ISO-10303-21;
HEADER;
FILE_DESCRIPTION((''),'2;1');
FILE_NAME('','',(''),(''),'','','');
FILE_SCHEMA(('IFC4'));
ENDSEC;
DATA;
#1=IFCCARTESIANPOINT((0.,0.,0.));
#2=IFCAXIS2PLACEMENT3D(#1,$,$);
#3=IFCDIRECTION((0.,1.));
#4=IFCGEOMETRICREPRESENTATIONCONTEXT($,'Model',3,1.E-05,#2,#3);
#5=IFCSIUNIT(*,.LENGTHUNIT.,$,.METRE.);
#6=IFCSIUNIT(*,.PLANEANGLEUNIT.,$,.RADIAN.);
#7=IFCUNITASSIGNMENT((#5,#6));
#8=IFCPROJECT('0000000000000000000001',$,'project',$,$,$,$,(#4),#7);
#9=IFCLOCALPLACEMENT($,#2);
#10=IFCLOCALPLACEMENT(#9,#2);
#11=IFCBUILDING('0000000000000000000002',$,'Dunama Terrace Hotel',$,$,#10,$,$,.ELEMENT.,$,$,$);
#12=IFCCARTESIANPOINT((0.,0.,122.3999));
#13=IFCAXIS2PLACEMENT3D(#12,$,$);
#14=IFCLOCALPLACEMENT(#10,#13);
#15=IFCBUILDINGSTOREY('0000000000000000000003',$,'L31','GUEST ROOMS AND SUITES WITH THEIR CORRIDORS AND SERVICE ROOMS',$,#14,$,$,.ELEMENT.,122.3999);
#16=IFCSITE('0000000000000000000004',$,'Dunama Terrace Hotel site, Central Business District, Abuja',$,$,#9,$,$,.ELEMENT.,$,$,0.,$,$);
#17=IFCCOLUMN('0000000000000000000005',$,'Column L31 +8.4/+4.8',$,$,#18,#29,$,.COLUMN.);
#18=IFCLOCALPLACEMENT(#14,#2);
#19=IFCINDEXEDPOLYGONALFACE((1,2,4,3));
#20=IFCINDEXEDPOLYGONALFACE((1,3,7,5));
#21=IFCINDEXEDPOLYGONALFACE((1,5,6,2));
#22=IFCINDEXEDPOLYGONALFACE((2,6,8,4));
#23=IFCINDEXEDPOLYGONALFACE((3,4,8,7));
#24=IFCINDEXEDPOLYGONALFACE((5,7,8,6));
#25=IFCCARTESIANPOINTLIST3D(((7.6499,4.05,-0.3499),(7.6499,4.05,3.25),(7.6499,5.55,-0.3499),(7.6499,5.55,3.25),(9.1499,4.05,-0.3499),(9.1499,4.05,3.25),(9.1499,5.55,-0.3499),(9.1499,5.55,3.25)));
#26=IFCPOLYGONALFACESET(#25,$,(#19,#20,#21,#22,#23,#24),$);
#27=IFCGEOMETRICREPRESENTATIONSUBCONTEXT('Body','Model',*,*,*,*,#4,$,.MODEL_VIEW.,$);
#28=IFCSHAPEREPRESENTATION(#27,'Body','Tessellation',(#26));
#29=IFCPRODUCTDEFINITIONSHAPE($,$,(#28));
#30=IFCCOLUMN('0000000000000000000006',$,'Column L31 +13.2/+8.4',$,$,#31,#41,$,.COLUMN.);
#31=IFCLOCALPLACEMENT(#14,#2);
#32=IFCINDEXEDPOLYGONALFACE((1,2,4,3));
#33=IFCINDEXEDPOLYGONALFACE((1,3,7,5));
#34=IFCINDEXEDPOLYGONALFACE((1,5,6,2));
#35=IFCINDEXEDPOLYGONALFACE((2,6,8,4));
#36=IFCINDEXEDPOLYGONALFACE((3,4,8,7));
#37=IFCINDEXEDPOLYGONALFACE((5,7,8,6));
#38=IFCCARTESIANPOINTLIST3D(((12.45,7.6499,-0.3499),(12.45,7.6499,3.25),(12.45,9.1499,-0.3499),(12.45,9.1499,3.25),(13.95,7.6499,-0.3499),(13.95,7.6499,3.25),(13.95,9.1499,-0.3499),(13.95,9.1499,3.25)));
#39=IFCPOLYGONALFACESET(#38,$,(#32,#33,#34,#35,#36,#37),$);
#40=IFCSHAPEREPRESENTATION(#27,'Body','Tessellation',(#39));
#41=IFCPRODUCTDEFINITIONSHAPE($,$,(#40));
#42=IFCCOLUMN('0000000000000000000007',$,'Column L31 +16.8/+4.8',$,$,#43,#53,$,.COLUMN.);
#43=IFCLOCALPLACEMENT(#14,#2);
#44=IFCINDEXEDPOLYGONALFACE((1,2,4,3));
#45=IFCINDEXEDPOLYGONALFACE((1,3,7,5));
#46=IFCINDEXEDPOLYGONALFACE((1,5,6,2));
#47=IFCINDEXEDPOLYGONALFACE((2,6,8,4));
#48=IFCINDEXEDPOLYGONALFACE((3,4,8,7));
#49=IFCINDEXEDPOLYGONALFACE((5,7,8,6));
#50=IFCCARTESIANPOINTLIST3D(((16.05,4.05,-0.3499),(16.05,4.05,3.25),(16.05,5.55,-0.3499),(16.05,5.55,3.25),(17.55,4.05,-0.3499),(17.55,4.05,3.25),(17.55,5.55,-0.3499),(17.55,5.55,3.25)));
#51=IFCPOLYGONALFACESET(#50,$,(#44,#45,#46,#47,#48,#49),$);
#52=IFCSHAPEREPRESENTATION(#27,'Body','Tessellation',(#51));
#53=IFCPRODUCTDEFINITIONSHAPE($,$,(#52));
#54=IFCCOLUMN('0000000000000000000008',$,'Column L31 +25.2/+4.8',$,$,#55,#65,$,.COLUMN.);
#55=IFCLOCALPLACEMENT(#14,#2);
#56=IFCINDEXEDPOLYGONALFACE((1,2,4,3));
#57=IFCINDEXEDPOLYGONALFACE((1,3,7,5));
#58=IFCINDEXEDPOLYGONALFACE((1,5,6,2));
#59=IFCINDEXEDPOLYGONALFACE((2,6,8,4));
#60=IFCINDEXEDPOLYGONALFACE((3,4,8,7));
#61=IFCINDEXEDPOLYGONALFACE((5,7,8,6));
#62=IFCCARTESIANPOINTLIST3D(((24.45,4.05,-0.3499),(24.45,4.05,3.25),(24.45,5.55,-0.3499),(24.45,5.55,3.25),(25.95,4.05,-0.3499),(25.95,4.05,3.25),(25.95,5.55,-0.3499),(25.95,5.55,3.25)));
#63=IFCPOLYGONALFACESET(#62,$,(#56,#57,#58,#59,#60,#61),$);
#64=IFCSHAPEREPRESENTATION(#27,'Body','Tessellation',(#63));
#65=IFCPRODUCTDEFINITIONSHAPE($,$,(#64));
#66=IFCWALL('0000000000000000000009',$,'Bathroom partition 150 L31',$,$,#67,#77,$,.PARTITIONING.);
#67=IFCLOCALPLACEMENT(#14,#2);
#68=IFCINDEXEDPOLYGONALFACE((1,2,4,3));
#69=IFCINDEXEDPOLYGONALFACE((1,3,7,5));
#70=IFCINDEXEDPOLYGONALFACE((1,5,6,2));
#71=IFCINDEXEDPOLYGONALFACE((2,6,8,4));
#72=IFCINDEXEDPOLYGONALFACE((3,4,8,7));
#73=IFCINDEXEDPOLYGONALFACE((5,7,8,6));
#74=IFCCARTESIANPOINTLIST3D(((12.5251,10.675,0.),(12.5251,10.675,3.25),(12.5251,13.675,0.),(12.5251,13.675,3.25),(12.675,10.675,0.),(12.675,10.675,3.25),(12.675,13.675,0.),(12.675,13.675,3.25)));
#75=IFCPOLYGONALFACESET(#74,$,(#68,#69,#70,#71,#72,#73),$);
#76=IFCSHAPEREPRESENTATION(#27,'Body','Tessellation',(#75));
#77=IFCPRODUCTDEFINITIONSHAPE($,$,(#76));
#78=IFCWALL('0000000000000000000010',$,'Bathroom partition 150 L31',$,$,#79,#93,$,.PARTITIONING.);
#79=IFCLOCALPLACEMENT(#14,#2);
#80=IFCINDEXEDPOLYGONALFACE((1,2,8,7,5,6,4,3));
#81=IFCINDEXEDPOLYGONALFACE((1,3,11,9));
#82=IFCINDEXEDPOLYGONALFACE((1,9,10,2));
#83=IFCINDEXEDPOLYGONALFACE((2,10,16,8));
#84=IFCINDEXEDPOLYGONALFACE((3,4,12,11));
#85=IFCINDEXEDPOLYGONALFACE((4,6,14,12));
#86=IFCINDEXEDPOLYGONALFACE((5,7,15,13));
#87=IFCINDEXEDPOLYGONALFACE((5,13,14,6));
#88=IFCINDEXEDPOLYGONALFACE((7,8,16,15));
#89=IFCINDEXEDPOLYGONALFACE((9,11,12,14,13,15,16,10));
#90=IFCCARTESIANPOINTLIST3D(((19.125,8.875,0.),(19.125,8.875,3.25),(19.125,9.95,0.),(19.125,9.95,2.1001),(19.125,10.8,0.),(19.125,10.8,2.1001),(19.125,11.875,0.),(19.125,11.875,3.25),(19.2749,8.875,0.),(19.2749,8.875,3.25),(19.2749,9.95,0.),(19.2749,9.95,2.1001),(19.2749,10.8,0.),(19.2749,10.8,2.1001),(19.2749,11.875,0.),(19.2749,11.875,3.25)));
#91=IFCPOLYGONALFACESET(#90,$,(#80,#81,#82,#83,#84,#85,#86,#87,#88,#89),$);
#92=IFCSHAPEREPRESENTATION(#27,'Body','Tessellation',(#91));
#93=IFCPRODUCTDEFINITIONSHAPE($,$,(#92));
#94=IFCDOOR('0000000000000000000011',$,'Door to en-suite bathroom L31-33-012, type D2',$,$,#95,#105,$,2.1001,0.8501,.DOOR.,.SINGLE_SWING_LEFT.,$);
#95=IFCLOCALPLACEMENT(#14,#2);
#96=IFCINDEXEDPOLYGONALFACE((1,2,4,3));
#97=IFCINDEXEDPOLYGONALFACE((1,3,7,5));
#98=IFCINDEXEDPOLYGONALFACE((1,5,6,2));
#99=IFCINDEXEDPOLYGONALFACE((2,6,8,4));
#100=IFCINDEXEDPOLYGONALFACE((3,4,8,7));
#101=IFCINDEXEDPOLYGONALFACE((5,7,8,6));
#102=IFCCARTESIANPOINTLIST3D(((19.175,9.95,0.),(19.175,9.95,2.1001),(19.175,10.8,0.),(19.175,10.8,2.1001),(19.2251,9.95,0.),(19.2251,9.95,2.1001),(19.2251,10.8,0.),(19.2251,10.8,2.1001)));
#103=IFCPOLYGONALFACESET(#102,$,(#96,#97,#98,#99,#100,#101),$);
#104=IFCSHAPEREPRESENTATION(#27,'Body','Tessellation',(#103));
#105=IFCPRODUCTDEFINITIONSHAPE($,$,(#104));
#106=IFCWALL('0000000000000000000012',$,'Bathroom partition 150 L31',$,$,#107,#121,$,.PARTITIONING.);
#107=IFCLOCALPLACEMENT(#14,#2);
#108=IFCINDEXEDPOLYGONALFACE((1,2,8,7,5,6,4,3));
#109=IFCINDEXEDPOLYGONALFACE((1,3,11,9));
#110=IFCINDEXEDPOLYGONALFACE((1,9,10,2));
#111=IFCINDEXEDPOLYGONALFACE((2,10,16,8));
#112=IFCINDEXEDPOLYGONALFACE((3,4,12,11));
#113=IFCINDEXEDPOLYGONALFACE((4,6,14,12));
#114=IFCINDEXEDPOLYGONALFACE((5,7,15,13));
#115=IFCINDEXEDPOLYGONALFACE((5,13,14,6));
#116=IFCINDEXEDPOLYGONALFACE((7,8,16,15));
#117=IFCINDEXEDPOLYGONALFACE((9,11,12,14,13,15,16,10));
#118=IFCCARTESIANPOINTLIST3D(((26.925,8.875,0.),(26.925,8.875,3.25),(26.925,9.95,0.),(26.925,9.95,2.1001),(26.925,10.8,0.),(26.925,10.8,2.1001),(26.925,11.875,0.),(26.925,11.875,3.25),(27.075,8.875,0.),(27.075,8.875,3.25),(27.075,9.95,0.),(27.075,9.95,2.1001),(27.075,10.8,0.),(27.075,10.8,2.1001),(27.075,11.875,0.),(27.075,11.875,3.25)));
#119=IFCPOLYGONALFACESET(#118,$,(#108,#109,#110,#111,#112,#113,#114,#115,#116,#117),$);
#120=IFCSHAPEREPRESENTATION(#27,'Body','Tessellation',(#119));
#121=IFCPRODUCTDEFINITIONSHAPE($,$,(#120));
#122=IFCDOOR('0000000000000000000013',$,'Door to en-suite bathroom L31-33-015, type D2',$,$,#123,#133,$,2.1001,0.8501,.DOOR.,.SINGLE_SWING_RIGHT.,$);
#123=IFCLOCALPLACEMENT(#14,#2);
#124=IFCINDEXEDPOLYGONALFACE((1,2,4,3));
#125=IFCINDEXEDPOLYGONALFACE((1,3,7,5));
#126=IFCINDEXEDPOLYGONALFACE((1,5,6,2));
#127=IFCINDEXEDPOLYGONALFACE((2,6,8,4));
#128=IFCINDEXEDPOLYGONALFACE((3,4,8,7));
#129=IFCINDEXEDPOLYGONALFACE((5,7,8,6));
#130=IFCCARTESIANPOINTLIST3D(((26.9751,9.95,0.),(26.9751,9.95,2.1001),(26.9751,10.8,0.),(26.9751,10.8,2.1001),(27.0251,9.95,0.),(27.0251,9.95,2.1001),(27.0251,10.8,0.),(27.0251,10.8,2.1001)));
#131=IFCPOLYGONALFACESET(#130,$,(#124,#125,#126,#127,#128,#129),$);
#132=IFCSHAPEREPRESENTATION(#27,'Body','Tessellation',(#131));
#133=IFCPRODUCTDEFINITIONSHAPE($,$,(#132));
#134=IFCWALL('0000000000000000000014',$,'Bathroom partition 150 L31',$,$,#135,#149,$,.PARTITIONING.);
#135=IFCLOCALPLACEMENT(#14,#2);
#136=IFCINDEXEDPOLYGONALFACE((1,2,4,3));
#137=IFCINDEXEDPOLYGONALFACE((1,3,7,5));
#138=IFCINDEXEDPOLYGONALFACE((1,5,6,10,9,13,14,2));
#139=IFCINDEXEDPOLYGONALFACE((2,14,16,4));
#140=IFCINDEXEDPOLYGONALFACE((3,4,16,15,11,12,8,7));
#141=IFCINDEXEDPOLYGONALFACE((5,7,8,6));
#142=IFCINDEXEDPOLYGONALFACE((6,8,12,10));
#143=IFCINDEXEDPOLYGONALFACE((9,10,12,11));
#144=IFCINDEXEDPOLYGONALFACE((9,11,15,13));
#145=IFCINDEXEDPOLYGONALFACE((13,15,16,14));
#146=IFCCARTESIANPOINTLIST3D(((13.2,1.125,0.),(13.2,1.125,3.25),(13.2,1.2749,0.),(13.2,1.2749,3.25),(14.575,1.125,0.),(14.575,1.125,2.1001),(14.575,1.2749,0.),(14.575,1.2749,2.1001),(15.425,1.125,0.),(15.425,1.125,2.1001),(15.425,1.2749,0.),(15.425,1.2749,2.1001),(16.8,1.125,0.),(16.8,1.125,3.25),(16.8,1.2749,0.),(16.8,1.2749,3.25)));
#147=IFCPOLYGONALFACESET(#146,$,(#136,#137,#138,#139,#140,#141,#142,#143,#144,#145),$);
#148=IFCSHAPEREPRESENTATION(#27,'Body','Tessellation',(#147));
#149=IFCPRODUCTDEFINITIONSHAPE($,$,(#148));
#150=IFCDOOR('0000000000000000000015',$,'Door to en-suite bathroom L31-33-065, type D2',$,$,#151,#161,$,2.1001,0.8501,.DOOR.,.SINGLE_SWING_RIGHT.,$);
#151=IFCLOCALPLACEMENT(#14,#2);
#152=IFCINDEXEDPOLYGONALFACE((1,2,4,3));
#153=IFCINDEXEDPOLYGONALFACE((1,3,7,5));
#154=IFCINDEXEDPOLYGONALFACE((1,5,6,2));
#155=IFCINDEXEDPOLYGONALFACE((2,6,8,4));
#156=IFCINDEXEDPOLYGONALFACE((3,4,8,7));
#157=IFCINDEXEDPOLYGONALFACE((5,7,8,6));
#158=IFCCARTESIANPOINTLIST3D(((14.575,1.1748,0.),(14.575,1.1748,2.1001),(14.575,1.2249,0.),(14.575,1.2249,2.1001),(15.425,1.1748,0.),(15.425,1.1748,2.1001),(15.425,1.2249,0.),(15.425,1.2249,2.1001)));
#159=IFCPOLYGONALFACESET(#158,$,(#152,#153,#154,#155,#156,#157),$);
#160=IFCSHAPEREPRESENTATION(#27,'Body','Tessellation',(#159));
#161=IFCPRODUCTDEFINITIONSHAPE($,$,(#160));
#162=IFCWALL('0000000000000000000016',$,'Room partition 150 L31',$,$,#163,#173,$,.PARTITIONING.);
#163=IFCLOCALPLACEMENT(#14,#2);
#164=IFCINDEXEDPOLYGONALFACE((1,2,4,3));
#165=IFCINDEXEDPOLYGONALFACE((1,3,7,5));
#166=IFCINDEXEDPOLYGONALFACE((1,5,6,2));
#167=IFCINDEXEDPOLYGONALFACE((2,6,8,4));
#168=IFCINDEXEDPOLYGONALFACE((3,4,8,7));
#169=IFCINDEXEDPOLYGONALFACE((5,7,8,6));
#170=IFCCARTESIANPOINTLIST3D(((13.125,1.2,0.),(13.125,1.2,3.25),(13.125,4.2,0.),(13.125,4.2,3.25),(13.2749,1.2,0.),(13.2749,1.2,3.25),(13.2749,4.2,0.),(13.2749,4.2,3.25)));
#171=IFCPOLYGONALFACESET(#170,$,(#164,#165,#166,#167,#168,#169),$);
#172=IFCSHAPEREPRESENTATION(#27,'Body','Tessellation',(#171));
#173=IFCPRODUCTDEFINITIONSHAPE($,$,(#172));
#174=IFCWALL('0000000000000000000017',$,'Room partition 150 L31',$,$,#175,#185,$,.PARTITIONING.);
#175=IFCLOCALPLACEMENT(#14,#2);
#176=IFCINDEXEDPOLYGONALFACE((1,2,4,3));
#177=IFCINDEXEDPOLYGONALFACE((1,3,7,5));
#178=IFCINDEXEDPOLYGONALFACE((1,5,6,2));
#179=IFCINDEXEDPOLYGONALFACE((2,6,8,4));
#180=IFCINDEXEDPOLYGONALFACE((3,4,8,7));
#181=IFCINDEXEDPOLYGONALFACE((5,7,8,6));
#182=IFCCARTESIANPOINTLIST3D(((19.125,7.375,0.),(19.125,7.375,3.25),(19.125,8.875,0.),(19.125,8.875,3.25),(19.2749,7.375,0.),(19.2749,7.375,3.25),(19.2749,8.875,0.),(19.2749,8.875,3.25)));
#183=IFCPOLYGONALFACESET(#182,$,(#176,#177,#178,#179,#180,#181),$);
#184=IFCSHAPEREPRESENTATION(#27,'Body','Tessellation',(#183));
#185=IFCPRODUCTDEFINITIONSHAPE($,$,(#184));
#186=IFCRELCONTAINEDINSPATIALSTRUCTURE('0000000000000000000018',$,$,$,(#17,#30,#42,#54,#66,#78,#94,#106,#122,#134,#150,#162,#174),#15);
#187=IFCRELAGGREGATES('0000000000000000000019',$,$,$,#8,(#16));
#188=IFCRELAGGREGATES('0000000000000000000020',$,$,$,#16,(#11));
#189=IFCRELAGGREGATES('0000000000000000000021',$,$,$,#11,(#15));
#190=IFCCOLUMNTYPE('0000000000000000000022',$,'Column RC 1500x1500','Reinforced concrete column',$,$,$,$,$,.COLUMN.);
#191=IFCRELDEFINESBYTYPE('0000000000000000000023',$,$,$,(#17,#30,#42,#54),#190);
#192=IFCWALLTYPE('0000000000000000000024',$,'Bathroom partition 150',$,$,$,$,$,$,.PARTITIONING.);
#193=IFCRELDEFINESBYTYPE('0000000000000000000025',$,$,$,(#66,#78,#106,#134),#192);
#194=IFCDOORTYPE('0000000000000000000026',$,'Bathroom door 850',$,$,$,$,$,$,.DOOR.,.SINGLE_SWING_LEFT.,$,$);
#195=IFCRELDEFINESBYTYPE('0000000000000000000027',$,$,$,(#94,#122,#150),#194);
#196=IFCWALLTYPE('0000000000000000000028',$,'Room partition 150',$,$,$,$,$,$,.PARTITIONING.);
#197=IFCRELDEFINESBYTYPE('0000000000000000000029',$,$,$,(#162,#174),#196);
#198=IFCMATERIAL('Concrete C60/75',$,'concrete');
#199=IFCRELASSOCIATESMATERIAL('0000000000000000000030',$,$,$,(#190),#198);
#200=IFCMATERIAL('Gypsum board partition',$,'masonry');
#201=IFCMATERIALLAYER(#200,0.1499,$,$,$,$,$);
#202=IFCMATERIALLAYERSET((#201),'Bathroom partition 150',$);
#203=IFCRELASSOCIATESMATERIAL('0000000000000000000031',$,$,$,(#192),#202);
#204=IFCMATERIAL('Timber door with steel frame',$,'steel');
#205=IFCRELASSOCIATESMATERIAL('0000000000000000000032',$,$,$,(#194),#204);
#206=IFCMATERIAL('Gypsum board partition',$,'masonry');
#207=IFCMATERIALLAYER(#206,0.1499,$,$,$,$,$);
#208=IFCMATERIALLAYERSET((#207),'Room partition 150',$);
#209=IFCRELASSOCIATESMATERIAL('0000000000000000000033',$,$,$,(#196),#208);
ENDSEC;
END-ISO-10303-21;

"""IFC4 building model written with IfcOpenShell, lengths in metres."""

from ifc_helpers import new_model, si_unit, direction, frame, frame_2d, origin, origin_2d, place, context, subcontext, project, spatial, rectangle, extrude, material, layer, layer_set, material_profile, profile_set, type_object, element, fill, save


model = new_model("IFC4")

# Units and contexts
model_context = context("Model", 3, precision=1e-05, world=origin(), true_north=direction((0.0, 1.0)))
body_context = subcontext(model_context, "Body", "Model", "MODEL_VIEW")
ifc_project = project(units=[si_unit("LENGTHUNIT", "METRE"), si_unit("PLANEANGLEUNIT", "RADIAN")], contexts=[model_context])

# Site, building, storey
site_placement = place(None, origin())
site = spatial("IfcSite", under=ifc_project, at=site_placement, Name="Dunama Terrace Hotel site, Central Business District, Abuja", CompositionType="ELEMENT", RefElevation=0.0)
building_placement = place(site_placement, origin())
building = spatial("IfcBuilding", under=site, at=building_placement, Name="Dunama Terrace Hotel", CompositionType="ELEMENT")
storey_placement = place(building_placement, frame((0.0, 0.0, 122.3999)))
storey = spatial("IfcBuildingStorey", under=building, at=storey_placement, Name="L31", Description="GUEST ROOMS AND SUITES WITH THEIR CORRIDORS AND SERVICE ROOMS", CompositionType="ELEMENT", Elevation=122.3999)

# Columns
ifc_material_1 = material(Name="Concrete C60/75", Category="concrete")
ifc_material_profile = material_profile(ifc_material_1, rectangle(XDim=1.5, YDim=1.5, at=origin_2d()), Name="RC 1500x1500")
ifc_profile_set = profile_set([ifc_material_profile], Name="Concrete C60/75")
column_type = type_object("IfcColumnType", Name="Column RC 1500x1500", Description="Reinforced concrete column", PredefinedType="COLUMN", material=ifc_profile_set)
for number, where, z_axis, x_axis, name in (
    (1, (8.3999, 4.8, -0.3499), (0.0, 0.0, 1.0), (1.0, 0.0, 0.0), "Column L31 +8.4/+4.8"),
    (2, (13.2, 8.3999, -0.3499), (0.0, 0.0, 1.0), (1.0, 0.0, 0.0), "Column L31 +13.2/+8.4"),
    (3, (16.8, 4.8, -0.3499), (0.0, 0.0, 1.0), (1.0, 0.0, 0.0), "Column L31 +16.8/+4.8"),
    (4, (25.2, 4.8, -0.3499), (0.0, 0.0, 1.0), (1.0, 0.0, 0.0), "Column L31 +25.2/+4.8"),
):
    element("IfcColumn", number, at=place(storey_placement, frame(where, z_axis=z_axis, x_axis=x_axis)), inside=storey, type_object=column_type, Name=name, PredefinedType="COLUMN", context=body_context, shape_type="SweptSolid", body=[
        extrude(rectangle(XDim=1.5, YDim=1.5, at=origin_2d()), origin(), (0.0, 0.0, 1.0), 3.5999),
    ])

# Wall
ifc_material_2 = material(Name="Gypsum board partition", Category="masonry")
ifc_layer_1 = layer(ifc_material_2, 0.1499)
ifc_layer_set_1 = layer_set([ifc_layer_1], Name="Bathroom partition 150")
wall_type_1 = type_object("IfcWallType", Name="Bathroom partition 150", PredefinedType="PARTITIONING", material=ifc_layer_set_1)
wall_1_placement = place(storey_placement, frame((12.6001, 10.675, 0.0), z_axis=(0.0, 0.0, 1.0), x_axis=(0.0, 1.0, 0.0)))
element("IfcWall", 5, at=wall_1_placement, inside=storey, type_object=wall_type_1, Name="Bathroom partition 150 L31", PredefinedType="PARTITIONING", context=body_context, shape_type="SweptSolid", body=[
    extrude(rectangle(XDim=3.0, YDim=0.1499, at=frame_2d((1.5, 0.0))), origin(), (0.0, 0.0, 1.0), 3.25),
])

# Walls, openings, doors
wall_2_placement = place(storey_placement, frame((19.2, 8.875, 0.0), z_axis=(0.0, 0.0, 1.0), x_axis=(0.0, 1.0, 0.0)))
wall_2 = element("IfcWall", 6, at=wall_2_placement, inside=storey, type_object=wall_type_1, Name="Bathroom partition 150 L31", PredefinedType="PARTITIONING", context=body_context, shape_type="SweptSolid", body=[
    extrude(rectangle(XDim=3.0, YDim=0.1499, at=frame_2d((1.5, 0.0))), origin(), (0.0, 0.0, 1.0), 3.25),
])
opening_1_placement = place(wall_2_placement, frame((1.075, 0.0, 0.0)))
opening_1 = element("IfcOpeningElement", 7, at=opening_1_placement, cuts=wall_2, PredefinedType="OPENING", context=body_context, shape_type="SweptSolid", body=[
    extrude(rectangle(XDim=0.8501, YDim=2.1001, at=frame_2d((0.425, 1.05))), frame((0.0, 0.085, 0.0), z_axis=(0.0, -1.0, 0.0), x_axis=(1.0, 0.0, 0.0)), (0.0, 0.0, 1.0), 0.1699),
])
ifc_material_3 = material(Name="Timber door with steel frame", Category="steel")
door_type_1 = type_object("IfcDoorType", Name="Bathroom door 850", OperationType="SINGLE_SWING_LEFT", PredefinedType="DOOR", material=ifc_material_3)
door_1_placement = place(opening_1_placement, origin())
door_1 = element("IfcDoor", 8, at=door_1_placement, inside=storey, type_object=door_type_1, Name="Door to en-suite bathroom L31-33-012, type D2", OperationType="SINGLE_SWING_LEFT", OverallHeight=2.1001, OverallWidth=0.8501, PredefinedType="DOOR", context=body_context, shape_type="SweptSolid", body=[
    extrude(rectangle(XDim=0.8501, YDim=2.1001, at=frame_2d((0.425, 1.05))), frame((0.0, 0.0249, 0.0), z_axis=(0.0, -1.0, 0.0), x_axis=(1.0, 0.0, 0.0)), (0.0, 0.0, 1.0), 0.05),
])
fill(opening_1, door_1)
wall_3_placement = place(storey_placement, frame((27.0, 8.875, 0.0), z_axis=(0.0, 0.0, 1.0), x_axis=(0.0, 1.0, 0.0)))
wall_3 = element("IfcWall", 9, at=wall_3_placement, inside=storey, type_object=wall_type_1, Name="Bathroom partition 150 L31", PredefinedType="PARTITIONING", context=body_context, shape_type="SweptSolid", body=[
    extrude(rectangle(XDim=3.0, YDim=0.1499, at=frame_2d((1.5, 0.0))), origin(), (0.0, 0.0, 1.0), 3.25),
])
opening_2_placement = place(wall_3_placement, frame((1.075, 0.0, 0.0)))
opening_2 = element("IfcOpeningElement", 10, at=opening_2_placement, cuts=wall_3, PredefinedType="OPENING", context=body_context, shape_type="SweptSolid", body=[
    extrude(rectangle(XDim=0.8501, YDim=2.1001, at=frame_2d((0.425, 1.05))), frame((0.0, 0.085, 0.0), z_axis=(0.0, -1.0, 0.0), x_axis=(1.0, 0.0, 0.0)), (0.0, 0.0, 1.0), 0.1699),
])
door_2_placement = place(opening_2_placement, frame((0.8501, 0.0, 0.0), z_axis=(0.0, 0.0, 1.0), x_axis=(-1.0, 0.0, 0.0)))
door_2 = element("IfcDoor", 11, at=door_2_placement, inside=storey, type_object=door_type_1, Name="Door to en-suite bathroom L31-33-015, type D2", OperationType="SINGLE_SWING_RIGHT", OverallHeight=2.1001, OverallWidth=0.8501, PredefinedType="DOOR", context=body_context, shape_type="SweptSolid", body=[
    extrude(rectangle(XDim=0.8501, YDim=2.1001, at=frame_2d((0.425, 1.05))), frame((0.0, 0.0251, 0.0), z_axis=(0.0, -1.0, 0.0), x_axis=(1.0, 0.0, 0.0)), (0.0, 0.0, 1.0), 0.05),
])
fill(opening_2, door_2)
wall_4_placement = place(storey_placement, frame((13.2, 1.2, 0.0), z_axis=(0.0, 0.0, 1.0), x_axis=(1.0, 0.0, 0.0)))
wall_4 = element("IfcWall", 12, at=wall_4_placement, inside=storey, type_object=wall_type_1, Name="Bathroom partition 150 L31", PredefinedType="PARTITIONING", context=body_context, shape_type="SweptSolid", body=[
    extrude(rectangle(XDim=3.6001, YDim=0.1499, at=frame_2d((1.8, 0.0))), origin(), (0.0, 0.0, 1.0), 3.25),
])
opening_3_placement = place(wall_4_placement, frame((1.375, 0.0, 0.0)))
opening_3 = element("IfcOpeningElement", 13, at=opening_3_placement, cuts=wall_4, PredefinedType="OPENING", context=body_context, shape_type="SweptSolid", body=[
    extrude(rectangle(XDim=0.8501, YDim=2.1001, at=frame_2d((0.425, 1.05))), frame((0.0, 0.085, 0.0), z_axis=(0.0, -1.0, 0.0), x_axis=(1.0, 0.0, 0.0)), (0.0, 0.0, 1.0), 0.1699),
])
door_3_placement = place(opening_3_placement, origin())
door_3 = element("IfcDoor", 14, at=door_3_placement, inside=storey, type_object=door_type_1, Name="Door to en-suite bathroom L31-33-065, type D2", OperationType="SINGLE_SWING_RIGHT", OverallHeight=2.1001, OverallWidth=0.8501, PredefinedType="DOOR", context=body_context, shape_type="SweptSolid", body=[
    extrude(rectangle(XDim=0.8501, YDim=2.1001, at=frame_2d((0.425, 1.05))), frame((0.0, 0.0249, 0.0), z_axis=(0.0, -1.0, 0.0), x_axis=(1.0, 0.0, 0.0)), (0.0, 0.0, 1.0), 0.05),
])
fill(opening_3, door_3)

# Walls
ifc_material_4 = material(Name="Gypsum board partition", Category="masonry")
ifc_layer_2 = layer(ifc_material_4, 0.1499)
ifc_layer_set_2 = layer_set([ifc_layer_2], Name="Room partition 150")
wall_type_2 = type_object("IfcWallType", Name="Room partition 150", PredefinedType="PARTITIONING", material=ifc_layer_set_2)
wall_5_placement = place(storey_placement, frame((13.2, 1.2, 0.0), z_axis=(0.0, 0.0, 1.0), x_axis=(0.0, 1.0, 0.0)))
element("IfcWall", 15, at=wall_5_placement, inside=storey, type_object=wall_type_2, Name="Room partition 150 L31", PredefinedType="PARTITIONING", context=body_context, shape_type="SweptSolid", body=[
    extrude(rectangle(XDim=3.0, YDim=0.1499, at=frame_2d((1.5, 0.0))), origin(), (0.0, 0.0, 1.0), 3.25),
])
for number, where, z_axis, x_axis, name in (
    (16, (19.2, 7.375, 0.0), (0.0, 0.0, 1.0), (0.0, 1.0, 0.0), "Room partition 150 L31"),
):
    element("IfcWall", number, at=place(storey_placement, frame(where, z_axis=z_axis, x_axis=x_axis)), inside=storey, type_object=wall_type_2, Name=name, PredefinedType="PARTITIONING", context=body_context, shape_type="SweptSolid", body=[
        extrude(rectangle(XDim=1.5, YDim=0.1499, at=frame_2d((0.75, 0.0))), origin(), (0.0, 0.0, 1.0), 3.25),
    ])

save(model, "model.ifc")
